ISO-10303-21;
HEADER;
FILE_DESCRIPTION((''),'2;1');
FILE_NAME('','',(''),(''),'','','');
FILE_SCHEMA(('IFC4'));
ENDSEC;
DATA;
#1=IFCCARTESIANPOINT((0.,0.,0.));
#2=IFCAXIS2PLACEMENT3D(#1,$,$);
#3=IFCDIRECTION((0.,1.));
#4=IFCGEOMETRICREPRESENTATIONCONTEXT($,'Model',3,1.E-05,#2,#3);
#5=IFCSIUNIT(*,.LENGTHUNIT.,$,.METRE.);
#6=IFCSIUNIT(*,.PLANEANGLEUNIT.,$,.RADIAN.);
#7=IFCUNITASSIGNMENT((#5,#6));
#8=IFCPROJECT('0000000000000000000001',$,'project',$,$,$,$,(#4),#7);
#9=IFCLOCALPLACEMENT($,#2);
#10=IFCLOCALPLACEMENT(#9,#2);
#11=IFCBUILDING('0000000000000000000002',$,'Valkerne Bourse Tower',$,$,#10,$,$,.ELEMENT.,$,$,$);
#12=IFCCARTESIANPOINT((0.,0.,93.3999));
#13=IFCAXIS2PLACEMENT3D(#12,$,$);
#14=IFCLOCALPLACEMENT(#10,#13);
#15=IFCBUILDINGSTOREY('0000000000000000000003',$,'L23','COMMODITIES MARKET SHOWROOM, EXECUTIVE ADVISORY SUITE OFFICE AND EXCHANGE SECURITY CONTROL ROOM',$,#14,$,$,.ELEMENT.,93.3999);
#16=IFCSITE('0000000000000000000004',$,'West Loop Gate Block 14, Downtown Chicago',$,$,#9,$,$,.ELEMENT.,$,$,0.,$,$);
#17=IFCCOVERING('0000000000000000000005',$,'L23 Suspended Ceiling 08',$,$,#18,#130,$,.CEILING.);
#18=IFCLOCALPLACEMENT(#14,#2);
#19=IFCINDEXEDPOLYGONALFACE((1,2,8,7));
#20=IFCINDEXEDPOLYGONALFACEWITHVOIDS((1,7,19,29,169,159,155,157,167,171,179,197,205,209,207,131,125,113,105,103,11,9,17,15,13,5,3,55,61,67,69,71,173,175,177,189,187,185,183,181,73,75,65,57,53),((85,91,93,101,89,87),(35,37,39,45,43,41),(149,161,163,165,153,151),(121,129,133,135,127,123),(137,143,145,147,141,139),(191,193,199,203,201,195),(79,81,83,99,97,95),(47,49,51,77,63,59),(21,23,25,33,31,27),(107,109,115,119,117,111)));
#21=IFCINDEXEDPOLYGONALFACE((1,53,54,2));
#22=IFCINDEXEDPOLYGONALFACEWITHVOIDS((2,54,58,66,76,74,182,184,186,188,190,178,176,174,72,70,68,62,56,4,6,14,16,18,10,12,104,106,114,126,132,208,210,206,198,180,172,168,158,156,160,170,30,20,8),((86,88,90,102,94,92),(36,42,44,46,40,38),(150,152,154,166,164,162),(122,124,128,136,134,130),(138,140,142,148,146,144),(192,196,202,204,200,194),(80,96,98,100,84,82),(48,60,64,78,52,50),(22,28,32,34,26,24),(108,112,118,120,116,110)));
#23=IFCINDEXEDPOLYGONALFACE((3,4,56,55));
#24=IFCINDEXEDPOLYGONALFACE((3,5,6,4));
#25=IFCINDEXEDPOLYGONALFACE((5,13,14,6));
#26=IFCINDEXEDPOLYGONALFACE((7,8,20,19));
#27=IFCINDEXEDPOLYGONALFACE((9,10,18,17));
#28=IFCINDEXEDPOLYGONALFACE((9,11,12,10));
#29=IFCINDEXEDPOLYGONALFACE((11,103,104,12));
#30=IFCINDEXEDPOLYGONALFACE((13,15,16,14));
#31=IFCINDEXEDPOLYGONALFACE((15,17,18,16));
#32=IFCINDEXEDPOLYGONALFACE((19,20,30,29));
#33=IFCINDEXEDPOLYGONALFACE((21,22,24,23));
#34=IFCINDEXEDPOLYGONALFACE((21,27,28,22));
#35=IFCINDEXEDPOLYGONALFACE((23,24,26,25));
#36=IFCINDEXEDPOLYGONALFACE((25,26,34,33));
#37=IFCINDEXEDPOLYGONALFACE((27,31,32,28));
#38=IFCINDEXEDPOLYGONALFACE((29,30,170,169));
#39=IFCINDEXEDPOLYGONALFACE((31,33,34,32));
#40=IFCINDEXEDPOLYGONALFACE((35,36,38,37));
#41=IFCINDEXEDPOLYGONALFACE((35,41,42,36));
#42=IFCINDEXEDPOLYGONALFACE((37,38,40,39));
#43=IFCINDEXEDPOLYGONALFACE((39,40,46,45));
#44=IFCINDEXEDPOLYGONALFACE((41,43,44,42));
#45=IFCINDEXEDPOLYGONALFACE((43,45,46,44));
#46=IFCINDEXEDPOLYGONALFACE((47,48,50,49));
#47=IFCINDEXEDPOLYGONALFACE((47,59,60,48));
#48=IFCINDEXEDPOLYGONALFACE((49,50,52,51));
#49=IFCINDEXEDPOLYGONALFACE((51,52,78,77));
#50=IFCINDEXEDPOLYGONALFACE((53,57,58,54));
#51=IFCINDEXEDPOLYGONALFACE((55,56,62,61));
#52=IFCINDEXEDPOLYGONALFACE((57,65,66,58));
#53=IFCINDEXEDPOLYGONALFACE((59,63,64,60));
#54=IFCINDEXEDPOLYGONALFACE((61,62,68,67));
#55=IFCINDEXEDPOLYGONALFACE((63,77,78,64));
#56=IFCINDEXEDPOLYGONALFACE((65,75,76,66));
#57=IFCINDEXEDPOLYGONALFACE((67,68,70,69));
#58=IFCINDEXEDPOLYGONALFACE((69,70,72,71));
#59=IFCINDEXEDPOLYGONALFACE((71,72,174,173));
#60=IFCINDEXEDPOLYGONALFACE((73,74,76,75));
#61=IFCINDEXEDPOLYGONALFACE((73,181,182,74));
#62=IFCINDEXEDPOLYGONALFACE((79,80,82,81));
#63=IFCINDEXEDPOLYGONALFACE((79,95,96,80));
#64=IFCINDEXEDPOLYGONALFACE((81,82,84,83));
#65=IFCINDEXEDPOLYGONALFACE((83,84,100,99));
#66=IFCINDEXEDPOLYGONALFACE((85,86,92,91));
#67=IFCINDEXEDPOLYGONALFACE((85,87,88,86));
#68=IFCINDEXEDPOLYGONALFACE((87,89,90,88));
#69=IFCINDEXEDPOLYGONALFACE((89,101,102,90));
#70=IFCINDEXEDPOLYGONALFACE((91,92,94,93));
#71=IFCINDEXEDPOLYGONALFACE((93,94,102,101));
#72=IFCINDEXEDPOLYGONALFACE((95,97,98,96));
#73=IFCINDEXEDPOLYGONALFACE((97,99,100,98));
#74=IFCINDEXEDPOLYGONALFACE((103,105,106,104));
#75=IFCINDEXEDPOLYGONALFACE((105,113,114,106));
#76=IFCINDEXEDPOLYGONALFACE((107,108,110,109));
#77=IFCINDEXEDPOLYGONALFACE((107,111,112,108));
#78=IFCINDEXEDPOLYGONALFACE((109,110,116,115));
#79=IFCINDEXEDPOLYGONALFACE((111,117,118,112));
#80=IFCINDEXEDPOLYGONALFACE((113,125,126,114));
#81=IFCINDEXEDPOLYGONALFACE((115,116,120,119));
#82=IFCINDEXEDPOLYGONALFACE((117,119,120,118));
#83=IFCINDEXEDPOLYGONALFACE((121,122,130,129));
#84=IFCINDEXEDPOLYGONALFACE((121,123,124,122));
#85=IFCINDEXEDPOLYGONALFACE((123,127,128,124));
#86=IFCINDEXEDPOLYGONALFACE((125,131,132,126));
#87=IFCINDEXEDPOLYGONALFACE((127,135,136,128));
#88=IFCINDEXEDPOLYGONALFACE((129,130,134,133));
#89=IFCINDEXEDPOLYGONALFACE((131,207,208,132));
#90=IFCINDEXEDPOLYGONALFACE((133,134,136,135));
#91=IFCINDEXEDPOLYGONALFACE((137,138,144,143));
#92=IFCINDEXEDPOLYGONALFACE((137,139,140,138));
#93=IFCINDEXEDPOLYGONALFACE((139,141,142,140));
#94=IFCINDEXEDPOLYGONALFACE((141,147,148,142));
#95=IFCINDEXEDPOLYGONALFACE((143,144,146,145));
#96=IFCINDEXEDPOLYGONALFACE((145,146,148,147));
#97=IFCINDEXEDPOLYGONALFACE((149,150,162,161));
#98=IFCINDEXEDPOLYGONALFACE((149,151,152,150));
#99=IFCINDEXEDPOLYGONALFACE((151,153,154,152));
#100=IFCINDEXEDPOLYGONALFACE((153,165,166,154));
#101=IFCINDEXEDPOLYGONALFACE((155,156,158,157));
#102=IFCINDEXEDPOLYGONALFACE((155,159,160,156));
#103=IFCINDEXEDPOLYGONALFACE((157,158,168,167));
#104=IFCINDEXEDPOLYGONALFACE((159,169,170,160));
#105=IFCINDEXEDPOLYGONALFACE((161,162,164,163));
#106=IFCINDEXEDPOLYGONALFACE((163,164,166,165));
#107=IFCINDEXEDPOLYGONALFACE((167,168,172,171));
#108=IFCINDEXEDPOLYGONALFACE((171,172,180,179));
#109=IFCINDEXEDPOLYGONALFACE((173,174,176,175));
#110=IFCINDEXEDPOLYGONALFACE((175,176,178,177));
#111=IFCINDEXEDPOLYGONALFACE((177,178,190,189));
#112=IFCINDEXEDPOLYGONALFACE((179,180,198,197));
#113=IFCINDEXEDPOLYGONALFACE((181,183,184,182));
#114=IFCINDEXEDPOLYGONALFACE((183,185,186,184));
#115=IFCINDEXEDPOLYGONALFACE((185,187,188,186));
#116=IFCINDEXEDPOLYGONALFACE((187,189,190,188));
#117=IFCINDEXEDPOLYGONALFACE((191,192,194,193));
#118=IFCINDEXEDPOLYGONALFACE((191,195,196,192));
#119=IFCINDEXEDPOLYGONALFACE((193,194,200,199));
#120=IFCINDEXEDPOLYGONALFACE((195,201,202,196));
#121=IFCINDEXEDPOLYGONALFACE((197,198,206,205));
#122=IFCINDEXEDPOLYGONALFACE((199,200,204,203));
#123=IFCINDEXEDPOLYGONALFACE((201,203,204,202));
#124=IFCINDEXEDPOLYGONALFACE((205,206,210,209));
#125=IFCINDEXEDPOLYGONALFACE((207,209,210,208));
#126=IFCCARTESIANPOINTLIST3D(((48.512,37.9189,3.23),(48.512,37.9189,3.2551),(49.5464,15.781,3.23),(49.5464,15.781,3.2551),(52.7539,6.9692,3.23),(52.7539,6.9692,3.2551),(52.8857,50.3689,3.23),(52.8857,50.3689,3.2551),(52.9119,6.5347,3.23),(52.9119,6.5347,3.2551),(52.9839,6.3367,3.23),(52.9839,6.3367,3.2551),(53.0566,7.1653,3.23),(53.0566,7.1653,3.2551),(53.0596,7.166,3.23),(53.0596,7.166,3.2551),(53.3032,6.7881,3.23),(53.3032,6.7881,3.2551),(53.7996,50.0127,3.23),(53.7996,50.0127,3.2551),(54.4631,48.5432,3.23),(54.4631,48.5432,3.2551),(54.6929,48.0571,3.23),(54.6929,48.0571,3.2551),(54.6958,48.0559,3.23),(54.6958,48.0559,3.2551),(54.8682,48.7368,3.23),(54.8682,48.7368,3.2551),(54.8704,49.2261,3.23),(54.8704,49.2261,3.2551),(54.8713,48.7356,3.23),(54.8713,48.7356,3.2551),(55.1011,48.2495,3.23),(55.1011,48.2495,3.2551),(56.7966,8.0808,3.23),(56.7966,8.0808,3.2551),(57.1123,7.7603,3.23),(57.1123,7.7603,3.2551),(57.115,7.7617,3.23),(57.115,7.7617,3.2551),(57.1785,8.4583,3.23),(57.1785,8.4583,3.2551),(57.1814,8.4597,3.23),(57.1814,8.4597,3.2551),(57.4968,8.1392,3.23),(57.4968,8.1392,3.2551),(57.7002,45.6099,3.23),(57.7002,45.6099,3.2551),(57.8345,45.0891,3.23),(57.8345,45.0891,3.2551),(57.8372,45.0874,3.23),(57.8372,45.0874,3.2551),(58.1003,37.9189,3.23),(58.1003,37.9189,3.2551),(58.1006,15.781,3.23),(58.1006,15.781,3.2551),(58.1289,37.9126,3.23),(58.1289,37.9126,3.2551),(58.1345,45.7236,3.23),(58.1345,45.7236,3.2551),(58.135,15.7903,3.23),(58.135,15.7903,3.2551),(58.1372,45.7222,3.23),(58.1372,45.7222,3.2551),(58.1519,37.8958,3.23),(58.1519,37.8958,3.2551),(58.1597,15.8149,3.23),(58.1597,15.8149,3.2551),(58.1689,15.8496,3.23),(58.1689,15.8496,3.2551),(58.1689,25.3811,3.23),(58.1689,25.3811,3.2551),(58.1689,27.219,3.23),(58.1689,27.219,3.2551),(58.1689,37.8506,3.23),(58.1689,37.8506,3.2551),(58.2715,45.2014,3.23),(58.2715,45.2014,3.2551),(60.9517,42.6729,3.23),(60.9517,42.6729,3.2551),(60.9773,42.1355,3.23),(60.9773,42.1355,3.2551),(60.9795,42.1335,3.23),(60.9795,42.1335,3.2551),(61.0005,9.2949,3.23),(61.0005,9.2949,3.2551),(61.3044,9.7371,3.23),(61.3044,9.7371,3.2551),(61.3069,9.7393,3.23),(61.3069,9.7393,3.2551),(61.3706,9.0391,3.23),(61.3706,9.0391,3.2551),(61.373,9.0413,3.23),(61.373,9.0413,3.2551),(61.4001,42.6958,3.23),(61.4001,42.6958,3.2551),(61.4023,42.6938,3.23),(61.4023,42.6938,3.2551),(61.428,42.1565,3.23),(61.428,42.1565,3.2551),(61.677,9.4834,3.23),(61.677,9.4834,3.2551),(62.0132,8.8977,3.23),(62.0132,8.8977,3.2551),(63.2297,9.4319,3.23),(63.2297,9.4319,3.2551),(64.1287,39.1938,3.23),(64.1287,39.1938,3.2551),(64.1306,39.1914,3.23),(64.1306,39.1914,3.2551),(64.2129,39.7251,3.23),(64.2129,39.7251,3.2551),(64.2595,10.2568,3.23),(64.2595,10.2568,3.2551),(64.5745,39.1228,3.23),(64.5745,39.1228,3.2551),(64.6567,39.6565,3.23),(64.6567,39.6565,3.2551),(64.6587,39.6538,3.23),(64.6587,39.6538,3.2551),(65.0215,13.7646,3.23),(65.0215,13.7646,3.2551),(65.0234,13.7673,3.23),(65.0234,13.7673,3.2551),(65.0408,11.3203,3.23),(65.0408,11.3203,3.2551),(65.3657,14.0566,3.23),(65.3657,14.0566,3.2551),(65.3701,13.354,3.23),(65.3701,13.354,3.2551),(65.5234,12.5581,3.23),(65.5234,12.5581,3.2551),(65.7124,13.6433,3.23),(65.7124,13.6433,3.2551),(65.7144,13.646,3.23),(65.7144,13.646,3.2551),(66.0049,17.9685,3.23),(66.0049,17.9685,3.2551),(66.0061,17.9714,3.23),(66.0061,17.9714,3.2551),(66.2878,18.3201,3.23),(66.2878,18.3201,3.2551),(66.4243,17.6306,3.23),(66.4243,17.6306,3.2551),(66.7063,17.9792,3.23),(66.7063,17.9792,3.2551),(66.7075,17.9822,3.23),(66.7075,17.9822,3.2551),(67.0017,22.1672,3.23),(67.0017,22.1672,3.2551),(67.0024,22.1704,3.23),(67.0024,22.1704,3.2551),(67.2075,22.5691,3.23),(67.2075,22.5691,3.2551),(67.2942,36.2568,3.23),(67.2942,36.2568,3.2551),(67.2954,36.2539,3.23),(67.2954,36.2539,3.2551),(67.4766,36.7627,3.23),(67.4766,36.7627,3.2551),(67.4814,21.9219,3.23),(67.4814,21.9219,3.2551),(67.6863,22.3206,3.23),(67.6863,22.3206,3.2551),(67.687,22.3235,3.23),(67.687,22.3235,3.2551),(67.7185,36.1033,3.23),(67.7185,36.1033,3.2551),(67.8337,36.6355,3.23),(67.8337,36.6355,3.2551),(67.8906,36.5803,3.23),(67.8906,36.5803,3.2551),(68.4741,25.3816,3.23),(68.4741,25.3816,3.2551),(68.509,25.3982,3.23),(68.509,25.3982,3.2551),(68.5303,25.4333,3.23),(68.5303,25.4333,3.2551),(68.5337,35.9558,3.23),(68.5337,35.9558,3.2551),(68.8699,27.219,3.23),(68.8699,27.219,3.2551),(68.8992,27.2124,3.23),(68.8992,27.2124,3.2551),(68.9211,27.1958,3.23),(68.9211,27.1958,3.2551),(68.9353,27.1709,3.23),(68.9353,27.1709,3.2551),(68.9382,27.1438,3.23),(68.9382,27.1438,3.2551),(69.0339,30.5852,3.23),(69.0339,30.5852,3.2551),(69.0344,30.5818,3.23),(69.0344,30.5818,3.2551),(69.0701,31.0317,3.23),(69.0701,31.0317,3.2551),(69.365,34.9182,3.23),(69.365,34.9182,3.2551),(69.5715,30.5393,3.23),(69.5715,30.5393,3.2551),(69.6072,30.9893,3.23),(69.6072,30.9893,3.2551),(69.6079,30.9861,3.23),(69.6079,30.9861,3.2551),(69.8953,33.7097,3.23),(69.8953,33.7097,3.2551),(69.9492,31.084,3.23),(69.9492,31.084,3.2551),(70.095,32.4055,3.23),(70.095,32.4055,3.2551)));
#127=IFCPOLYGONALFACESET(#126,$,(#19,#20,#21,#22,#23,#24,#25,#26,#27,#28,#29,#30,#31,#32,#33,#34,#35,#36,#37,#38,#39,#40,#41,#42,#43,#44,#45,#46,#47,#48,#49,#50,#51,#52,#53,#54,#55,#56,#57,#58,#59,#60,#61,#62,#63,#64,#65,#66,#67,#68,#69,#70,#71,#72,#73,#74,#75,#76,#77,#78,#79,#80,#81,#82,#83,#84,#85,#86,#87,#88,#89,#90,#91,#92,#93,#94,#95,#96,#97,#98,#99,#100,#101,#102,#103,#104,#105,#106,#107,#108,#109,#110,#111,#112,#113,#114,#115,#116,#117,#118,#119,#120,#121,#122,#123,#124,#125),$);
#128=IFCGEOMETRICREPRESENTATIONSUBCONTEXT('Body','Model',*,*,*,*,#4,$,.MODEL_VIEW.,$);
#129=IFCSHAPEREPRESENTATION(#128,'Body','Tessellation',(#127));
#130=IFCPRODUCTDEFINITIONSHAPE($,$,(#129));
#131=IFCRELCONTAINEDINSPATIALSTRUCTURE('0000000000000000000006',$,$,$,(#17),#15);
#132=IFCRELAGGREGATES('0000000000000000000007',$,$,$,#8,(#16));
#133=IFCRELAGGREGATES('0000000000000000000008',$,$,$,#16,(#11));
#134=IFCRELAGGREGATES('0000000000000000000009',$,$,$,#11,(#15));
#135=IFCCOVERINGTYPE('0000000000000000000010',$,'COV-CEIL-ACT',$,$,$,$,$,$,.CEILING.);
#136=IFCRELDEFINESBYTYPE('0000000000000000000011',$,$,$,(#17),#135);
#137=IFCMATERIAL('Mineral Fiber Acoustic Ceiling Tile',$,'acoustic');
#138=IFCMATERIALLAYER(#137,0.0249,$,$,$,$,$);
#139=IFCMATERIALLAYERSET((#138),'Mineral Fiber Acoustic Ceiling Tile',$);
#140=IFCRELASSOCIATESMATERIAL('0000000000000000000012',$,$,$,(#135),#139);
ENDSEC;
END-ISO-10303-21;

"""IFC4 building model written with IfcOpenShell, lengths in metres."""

from ifc_helpers import new_model, si_unit, direction, frame, origin, place, context, subcontext, project, spatial, polyline, outline, extrude, material, layer, layer_set, type_object, element, save


model = new_model("IFC4")

# Units and contexts
model_context = context("Model", 3, precision=1e-05, world=origin(), true_north=direction((0.0, 1.0)))
body_context = subcontext(model_context, "Body", "Model", "MODEL_VIEW")
ifc_project = project(units=[si_unit("LENGTHUNIT", "METRE"), si_unit("PLANEANGLEUNIT", "RADIAN")], contexts=[model_context])

# Site, building, storey
site_placement = place(None, origin())
site = spatial("IfcSite", under=ifc_project, at=site_placement, Name="West Loop Gate Block 14, Downtown Chicago", CompositionType="ELEMENT", RefElevation=0.0)
building_placement = place(site_placement, origin())
building = spatial("IfcBuilding", under=site, at=building_placement, Name="Valkerne Bourse Tower", CompositionType="ELEMENT")
storey_placement = place(building_placement, frame((0.0, 0.0, 93.3999)))
storey = spatial("IfcBuildingStorey", under=building, at=storey_placement, Name="L23", Description="COMMODITIES MARKET SHOWROOM, EXECUTIVE ADVISORY SUITE OFFICE AND EXCHANGE SECURITY CONTROL ROOM", CompositionType="ELEMENT", Elevation=93.3999)

# Covering
ifc_material_1 = material(Name="Mineral Fiber Acoustic Ceiling Tile", Category="acoustic")
ifc_layer_1 = layer(ifc_material_1, 0.0249)
ifc_layer_set_1 = layer_set([ifc_layer_1], Name="Mineral Fiber Acoustic Ceiling Tile")
covering_type_1 = type_object("IfcCoveringType", Name="COV-CEIL-ACT", PredefinedType="CEILING", material=ifc_layer_set_1)
covering_1_placement = place(storey_placement, frame((0.0, 0.0, 3.23)))
element("IfcCovering", 1, at=covering_1_placement, inside=storey, type_object=covering_type_1, Name="L23 Suspended Ceiling 08", PredefinedType="CEILING", context=body_context, shape_type="SweptSolid", body=[
    extrude(outline(polyline([(63.2297, 9.4319), (62.0132, 8.8977), (52.9839, 6.3367), (52.9119, 6.5347), (53.3032, 6.7881), (53.0596, 7.166), (53.0566, 7.1653), (52.7539, 6.9692), (49.5464, 15.781), (58.1006, 15.781), (58.135, 15.7903), (58.1597, 15.8149), (58.1689, 15.8496), (58.1689, 25.3811), (68.4741, 25.3816), (68.509, 25.3982), (68.5303, 25.4333), (68.9382, 27.1438), (68.9353, 27.1709), (68.9211, 27.1958), (68.8992, 27.2124), (68.8699, 27.219), (58.1689, 27.219), (58.1689, 37.8506), (58.1519, 37.8958), (58.1289, 37.9126), (58.1003, 37.9189), (48.512, 37.9189), (52.8857, 50.3689), (53.7996, 50.0127), (54.8704, 49.2261), (67.8337, 36.6355), (67.4766, 36.7627), (67.2942, 36.2568), (67.2954, 36.2539), (67.7185, 36.1033), (67.8906, 36.5803), (68.5337, 35.9558), (69.365, 34.9182), (69.8953, 33.7097), (70.095, 32.4055), (69.9492, 31.084), (65.5234, 12.5581), (65.0408, 11.3203), (64.2595, 10.2568), (63.2297, 9.4319)]), holes=[polyline([(54.8713, 48.7356), (54.8682, 48.7368), (54.4631, 48.5432), (54.6929, 48.0571), (54.6958, 48.0559), (55.1011, 48.2495), (54.8713, 48.7356)]), polyline([(57.115, 7.7617), (57.4968, 8.1392), (57.1814, 8.4597), (57.1785, 8.4583), (56.7966, 8.0808), (57.1123, 7.7603), (57.115, 7.7617)]), polyline([(61.373, 9.0413), (61.677, 9.4834), (61.3069, 9.7393), (61.3044, 9.7371), (61.0005, 9.2949), (61.3706, 9.0391), (61.373, 9.0413)]), polyline([(65.7144, 13.646), (65.3657, 14.0566), (65.0234, 13.7673), (65.0215, 13.7646), (65.3701, 13.354), (65.7124, 13.6433), (65.7144, 13.646)]), polyline([(66.7075, 17.9822), (66.2878, 18.3201), (66.0061, 17.9714), (66.0049, 17.9685), (66.4243, 17.6306), (66.7063, 17.9792), (66.7075, 17.9822)]), polyline([(67.687, 22.3235), (67.2075, 22.5691), (67.0024, 22.1704), (67.0017, 22.1672), (67.4814, 21.9219), (67.6863, 22.3206), (67.687, 22.3235)]), polyline([(69.6072, 30.9893), (69.0701, 31.0317), (69.0339, 30.5852), (69.0344, 30.5818), (69.5715, 30.5393), (69.6079, 30.9861), (69.6072, 30.9893)]), polyline([(64.6587, 39.6538), (64.6567, 39.6565), (64.2129, 39.7251), (64.1287, 39.1938), (64.1306, 39.1914), (64.5745, 39.1228), (64.6587, 39.6538)]), polyline([(61.4023, 42.6938), (61.4001, 42.6958), (60.9517, 42.6729), (60.9773, 42.1355), (60.9795, 42.1335), (61.428, 42.1565), (61.4023, 42.6938)]), polyline([(58.2715, 45.2014), (58.1372, 45.7222), (58.1345, 45.7236), (57.7002, 45.6099), (57.8345, 45.0891), (57.8372, 45.0874), (58.2715, 45.2014)])]), origin(), (0.0, 0.0, 1.0), 0.0251),
])

save(model, "model.ifc")
